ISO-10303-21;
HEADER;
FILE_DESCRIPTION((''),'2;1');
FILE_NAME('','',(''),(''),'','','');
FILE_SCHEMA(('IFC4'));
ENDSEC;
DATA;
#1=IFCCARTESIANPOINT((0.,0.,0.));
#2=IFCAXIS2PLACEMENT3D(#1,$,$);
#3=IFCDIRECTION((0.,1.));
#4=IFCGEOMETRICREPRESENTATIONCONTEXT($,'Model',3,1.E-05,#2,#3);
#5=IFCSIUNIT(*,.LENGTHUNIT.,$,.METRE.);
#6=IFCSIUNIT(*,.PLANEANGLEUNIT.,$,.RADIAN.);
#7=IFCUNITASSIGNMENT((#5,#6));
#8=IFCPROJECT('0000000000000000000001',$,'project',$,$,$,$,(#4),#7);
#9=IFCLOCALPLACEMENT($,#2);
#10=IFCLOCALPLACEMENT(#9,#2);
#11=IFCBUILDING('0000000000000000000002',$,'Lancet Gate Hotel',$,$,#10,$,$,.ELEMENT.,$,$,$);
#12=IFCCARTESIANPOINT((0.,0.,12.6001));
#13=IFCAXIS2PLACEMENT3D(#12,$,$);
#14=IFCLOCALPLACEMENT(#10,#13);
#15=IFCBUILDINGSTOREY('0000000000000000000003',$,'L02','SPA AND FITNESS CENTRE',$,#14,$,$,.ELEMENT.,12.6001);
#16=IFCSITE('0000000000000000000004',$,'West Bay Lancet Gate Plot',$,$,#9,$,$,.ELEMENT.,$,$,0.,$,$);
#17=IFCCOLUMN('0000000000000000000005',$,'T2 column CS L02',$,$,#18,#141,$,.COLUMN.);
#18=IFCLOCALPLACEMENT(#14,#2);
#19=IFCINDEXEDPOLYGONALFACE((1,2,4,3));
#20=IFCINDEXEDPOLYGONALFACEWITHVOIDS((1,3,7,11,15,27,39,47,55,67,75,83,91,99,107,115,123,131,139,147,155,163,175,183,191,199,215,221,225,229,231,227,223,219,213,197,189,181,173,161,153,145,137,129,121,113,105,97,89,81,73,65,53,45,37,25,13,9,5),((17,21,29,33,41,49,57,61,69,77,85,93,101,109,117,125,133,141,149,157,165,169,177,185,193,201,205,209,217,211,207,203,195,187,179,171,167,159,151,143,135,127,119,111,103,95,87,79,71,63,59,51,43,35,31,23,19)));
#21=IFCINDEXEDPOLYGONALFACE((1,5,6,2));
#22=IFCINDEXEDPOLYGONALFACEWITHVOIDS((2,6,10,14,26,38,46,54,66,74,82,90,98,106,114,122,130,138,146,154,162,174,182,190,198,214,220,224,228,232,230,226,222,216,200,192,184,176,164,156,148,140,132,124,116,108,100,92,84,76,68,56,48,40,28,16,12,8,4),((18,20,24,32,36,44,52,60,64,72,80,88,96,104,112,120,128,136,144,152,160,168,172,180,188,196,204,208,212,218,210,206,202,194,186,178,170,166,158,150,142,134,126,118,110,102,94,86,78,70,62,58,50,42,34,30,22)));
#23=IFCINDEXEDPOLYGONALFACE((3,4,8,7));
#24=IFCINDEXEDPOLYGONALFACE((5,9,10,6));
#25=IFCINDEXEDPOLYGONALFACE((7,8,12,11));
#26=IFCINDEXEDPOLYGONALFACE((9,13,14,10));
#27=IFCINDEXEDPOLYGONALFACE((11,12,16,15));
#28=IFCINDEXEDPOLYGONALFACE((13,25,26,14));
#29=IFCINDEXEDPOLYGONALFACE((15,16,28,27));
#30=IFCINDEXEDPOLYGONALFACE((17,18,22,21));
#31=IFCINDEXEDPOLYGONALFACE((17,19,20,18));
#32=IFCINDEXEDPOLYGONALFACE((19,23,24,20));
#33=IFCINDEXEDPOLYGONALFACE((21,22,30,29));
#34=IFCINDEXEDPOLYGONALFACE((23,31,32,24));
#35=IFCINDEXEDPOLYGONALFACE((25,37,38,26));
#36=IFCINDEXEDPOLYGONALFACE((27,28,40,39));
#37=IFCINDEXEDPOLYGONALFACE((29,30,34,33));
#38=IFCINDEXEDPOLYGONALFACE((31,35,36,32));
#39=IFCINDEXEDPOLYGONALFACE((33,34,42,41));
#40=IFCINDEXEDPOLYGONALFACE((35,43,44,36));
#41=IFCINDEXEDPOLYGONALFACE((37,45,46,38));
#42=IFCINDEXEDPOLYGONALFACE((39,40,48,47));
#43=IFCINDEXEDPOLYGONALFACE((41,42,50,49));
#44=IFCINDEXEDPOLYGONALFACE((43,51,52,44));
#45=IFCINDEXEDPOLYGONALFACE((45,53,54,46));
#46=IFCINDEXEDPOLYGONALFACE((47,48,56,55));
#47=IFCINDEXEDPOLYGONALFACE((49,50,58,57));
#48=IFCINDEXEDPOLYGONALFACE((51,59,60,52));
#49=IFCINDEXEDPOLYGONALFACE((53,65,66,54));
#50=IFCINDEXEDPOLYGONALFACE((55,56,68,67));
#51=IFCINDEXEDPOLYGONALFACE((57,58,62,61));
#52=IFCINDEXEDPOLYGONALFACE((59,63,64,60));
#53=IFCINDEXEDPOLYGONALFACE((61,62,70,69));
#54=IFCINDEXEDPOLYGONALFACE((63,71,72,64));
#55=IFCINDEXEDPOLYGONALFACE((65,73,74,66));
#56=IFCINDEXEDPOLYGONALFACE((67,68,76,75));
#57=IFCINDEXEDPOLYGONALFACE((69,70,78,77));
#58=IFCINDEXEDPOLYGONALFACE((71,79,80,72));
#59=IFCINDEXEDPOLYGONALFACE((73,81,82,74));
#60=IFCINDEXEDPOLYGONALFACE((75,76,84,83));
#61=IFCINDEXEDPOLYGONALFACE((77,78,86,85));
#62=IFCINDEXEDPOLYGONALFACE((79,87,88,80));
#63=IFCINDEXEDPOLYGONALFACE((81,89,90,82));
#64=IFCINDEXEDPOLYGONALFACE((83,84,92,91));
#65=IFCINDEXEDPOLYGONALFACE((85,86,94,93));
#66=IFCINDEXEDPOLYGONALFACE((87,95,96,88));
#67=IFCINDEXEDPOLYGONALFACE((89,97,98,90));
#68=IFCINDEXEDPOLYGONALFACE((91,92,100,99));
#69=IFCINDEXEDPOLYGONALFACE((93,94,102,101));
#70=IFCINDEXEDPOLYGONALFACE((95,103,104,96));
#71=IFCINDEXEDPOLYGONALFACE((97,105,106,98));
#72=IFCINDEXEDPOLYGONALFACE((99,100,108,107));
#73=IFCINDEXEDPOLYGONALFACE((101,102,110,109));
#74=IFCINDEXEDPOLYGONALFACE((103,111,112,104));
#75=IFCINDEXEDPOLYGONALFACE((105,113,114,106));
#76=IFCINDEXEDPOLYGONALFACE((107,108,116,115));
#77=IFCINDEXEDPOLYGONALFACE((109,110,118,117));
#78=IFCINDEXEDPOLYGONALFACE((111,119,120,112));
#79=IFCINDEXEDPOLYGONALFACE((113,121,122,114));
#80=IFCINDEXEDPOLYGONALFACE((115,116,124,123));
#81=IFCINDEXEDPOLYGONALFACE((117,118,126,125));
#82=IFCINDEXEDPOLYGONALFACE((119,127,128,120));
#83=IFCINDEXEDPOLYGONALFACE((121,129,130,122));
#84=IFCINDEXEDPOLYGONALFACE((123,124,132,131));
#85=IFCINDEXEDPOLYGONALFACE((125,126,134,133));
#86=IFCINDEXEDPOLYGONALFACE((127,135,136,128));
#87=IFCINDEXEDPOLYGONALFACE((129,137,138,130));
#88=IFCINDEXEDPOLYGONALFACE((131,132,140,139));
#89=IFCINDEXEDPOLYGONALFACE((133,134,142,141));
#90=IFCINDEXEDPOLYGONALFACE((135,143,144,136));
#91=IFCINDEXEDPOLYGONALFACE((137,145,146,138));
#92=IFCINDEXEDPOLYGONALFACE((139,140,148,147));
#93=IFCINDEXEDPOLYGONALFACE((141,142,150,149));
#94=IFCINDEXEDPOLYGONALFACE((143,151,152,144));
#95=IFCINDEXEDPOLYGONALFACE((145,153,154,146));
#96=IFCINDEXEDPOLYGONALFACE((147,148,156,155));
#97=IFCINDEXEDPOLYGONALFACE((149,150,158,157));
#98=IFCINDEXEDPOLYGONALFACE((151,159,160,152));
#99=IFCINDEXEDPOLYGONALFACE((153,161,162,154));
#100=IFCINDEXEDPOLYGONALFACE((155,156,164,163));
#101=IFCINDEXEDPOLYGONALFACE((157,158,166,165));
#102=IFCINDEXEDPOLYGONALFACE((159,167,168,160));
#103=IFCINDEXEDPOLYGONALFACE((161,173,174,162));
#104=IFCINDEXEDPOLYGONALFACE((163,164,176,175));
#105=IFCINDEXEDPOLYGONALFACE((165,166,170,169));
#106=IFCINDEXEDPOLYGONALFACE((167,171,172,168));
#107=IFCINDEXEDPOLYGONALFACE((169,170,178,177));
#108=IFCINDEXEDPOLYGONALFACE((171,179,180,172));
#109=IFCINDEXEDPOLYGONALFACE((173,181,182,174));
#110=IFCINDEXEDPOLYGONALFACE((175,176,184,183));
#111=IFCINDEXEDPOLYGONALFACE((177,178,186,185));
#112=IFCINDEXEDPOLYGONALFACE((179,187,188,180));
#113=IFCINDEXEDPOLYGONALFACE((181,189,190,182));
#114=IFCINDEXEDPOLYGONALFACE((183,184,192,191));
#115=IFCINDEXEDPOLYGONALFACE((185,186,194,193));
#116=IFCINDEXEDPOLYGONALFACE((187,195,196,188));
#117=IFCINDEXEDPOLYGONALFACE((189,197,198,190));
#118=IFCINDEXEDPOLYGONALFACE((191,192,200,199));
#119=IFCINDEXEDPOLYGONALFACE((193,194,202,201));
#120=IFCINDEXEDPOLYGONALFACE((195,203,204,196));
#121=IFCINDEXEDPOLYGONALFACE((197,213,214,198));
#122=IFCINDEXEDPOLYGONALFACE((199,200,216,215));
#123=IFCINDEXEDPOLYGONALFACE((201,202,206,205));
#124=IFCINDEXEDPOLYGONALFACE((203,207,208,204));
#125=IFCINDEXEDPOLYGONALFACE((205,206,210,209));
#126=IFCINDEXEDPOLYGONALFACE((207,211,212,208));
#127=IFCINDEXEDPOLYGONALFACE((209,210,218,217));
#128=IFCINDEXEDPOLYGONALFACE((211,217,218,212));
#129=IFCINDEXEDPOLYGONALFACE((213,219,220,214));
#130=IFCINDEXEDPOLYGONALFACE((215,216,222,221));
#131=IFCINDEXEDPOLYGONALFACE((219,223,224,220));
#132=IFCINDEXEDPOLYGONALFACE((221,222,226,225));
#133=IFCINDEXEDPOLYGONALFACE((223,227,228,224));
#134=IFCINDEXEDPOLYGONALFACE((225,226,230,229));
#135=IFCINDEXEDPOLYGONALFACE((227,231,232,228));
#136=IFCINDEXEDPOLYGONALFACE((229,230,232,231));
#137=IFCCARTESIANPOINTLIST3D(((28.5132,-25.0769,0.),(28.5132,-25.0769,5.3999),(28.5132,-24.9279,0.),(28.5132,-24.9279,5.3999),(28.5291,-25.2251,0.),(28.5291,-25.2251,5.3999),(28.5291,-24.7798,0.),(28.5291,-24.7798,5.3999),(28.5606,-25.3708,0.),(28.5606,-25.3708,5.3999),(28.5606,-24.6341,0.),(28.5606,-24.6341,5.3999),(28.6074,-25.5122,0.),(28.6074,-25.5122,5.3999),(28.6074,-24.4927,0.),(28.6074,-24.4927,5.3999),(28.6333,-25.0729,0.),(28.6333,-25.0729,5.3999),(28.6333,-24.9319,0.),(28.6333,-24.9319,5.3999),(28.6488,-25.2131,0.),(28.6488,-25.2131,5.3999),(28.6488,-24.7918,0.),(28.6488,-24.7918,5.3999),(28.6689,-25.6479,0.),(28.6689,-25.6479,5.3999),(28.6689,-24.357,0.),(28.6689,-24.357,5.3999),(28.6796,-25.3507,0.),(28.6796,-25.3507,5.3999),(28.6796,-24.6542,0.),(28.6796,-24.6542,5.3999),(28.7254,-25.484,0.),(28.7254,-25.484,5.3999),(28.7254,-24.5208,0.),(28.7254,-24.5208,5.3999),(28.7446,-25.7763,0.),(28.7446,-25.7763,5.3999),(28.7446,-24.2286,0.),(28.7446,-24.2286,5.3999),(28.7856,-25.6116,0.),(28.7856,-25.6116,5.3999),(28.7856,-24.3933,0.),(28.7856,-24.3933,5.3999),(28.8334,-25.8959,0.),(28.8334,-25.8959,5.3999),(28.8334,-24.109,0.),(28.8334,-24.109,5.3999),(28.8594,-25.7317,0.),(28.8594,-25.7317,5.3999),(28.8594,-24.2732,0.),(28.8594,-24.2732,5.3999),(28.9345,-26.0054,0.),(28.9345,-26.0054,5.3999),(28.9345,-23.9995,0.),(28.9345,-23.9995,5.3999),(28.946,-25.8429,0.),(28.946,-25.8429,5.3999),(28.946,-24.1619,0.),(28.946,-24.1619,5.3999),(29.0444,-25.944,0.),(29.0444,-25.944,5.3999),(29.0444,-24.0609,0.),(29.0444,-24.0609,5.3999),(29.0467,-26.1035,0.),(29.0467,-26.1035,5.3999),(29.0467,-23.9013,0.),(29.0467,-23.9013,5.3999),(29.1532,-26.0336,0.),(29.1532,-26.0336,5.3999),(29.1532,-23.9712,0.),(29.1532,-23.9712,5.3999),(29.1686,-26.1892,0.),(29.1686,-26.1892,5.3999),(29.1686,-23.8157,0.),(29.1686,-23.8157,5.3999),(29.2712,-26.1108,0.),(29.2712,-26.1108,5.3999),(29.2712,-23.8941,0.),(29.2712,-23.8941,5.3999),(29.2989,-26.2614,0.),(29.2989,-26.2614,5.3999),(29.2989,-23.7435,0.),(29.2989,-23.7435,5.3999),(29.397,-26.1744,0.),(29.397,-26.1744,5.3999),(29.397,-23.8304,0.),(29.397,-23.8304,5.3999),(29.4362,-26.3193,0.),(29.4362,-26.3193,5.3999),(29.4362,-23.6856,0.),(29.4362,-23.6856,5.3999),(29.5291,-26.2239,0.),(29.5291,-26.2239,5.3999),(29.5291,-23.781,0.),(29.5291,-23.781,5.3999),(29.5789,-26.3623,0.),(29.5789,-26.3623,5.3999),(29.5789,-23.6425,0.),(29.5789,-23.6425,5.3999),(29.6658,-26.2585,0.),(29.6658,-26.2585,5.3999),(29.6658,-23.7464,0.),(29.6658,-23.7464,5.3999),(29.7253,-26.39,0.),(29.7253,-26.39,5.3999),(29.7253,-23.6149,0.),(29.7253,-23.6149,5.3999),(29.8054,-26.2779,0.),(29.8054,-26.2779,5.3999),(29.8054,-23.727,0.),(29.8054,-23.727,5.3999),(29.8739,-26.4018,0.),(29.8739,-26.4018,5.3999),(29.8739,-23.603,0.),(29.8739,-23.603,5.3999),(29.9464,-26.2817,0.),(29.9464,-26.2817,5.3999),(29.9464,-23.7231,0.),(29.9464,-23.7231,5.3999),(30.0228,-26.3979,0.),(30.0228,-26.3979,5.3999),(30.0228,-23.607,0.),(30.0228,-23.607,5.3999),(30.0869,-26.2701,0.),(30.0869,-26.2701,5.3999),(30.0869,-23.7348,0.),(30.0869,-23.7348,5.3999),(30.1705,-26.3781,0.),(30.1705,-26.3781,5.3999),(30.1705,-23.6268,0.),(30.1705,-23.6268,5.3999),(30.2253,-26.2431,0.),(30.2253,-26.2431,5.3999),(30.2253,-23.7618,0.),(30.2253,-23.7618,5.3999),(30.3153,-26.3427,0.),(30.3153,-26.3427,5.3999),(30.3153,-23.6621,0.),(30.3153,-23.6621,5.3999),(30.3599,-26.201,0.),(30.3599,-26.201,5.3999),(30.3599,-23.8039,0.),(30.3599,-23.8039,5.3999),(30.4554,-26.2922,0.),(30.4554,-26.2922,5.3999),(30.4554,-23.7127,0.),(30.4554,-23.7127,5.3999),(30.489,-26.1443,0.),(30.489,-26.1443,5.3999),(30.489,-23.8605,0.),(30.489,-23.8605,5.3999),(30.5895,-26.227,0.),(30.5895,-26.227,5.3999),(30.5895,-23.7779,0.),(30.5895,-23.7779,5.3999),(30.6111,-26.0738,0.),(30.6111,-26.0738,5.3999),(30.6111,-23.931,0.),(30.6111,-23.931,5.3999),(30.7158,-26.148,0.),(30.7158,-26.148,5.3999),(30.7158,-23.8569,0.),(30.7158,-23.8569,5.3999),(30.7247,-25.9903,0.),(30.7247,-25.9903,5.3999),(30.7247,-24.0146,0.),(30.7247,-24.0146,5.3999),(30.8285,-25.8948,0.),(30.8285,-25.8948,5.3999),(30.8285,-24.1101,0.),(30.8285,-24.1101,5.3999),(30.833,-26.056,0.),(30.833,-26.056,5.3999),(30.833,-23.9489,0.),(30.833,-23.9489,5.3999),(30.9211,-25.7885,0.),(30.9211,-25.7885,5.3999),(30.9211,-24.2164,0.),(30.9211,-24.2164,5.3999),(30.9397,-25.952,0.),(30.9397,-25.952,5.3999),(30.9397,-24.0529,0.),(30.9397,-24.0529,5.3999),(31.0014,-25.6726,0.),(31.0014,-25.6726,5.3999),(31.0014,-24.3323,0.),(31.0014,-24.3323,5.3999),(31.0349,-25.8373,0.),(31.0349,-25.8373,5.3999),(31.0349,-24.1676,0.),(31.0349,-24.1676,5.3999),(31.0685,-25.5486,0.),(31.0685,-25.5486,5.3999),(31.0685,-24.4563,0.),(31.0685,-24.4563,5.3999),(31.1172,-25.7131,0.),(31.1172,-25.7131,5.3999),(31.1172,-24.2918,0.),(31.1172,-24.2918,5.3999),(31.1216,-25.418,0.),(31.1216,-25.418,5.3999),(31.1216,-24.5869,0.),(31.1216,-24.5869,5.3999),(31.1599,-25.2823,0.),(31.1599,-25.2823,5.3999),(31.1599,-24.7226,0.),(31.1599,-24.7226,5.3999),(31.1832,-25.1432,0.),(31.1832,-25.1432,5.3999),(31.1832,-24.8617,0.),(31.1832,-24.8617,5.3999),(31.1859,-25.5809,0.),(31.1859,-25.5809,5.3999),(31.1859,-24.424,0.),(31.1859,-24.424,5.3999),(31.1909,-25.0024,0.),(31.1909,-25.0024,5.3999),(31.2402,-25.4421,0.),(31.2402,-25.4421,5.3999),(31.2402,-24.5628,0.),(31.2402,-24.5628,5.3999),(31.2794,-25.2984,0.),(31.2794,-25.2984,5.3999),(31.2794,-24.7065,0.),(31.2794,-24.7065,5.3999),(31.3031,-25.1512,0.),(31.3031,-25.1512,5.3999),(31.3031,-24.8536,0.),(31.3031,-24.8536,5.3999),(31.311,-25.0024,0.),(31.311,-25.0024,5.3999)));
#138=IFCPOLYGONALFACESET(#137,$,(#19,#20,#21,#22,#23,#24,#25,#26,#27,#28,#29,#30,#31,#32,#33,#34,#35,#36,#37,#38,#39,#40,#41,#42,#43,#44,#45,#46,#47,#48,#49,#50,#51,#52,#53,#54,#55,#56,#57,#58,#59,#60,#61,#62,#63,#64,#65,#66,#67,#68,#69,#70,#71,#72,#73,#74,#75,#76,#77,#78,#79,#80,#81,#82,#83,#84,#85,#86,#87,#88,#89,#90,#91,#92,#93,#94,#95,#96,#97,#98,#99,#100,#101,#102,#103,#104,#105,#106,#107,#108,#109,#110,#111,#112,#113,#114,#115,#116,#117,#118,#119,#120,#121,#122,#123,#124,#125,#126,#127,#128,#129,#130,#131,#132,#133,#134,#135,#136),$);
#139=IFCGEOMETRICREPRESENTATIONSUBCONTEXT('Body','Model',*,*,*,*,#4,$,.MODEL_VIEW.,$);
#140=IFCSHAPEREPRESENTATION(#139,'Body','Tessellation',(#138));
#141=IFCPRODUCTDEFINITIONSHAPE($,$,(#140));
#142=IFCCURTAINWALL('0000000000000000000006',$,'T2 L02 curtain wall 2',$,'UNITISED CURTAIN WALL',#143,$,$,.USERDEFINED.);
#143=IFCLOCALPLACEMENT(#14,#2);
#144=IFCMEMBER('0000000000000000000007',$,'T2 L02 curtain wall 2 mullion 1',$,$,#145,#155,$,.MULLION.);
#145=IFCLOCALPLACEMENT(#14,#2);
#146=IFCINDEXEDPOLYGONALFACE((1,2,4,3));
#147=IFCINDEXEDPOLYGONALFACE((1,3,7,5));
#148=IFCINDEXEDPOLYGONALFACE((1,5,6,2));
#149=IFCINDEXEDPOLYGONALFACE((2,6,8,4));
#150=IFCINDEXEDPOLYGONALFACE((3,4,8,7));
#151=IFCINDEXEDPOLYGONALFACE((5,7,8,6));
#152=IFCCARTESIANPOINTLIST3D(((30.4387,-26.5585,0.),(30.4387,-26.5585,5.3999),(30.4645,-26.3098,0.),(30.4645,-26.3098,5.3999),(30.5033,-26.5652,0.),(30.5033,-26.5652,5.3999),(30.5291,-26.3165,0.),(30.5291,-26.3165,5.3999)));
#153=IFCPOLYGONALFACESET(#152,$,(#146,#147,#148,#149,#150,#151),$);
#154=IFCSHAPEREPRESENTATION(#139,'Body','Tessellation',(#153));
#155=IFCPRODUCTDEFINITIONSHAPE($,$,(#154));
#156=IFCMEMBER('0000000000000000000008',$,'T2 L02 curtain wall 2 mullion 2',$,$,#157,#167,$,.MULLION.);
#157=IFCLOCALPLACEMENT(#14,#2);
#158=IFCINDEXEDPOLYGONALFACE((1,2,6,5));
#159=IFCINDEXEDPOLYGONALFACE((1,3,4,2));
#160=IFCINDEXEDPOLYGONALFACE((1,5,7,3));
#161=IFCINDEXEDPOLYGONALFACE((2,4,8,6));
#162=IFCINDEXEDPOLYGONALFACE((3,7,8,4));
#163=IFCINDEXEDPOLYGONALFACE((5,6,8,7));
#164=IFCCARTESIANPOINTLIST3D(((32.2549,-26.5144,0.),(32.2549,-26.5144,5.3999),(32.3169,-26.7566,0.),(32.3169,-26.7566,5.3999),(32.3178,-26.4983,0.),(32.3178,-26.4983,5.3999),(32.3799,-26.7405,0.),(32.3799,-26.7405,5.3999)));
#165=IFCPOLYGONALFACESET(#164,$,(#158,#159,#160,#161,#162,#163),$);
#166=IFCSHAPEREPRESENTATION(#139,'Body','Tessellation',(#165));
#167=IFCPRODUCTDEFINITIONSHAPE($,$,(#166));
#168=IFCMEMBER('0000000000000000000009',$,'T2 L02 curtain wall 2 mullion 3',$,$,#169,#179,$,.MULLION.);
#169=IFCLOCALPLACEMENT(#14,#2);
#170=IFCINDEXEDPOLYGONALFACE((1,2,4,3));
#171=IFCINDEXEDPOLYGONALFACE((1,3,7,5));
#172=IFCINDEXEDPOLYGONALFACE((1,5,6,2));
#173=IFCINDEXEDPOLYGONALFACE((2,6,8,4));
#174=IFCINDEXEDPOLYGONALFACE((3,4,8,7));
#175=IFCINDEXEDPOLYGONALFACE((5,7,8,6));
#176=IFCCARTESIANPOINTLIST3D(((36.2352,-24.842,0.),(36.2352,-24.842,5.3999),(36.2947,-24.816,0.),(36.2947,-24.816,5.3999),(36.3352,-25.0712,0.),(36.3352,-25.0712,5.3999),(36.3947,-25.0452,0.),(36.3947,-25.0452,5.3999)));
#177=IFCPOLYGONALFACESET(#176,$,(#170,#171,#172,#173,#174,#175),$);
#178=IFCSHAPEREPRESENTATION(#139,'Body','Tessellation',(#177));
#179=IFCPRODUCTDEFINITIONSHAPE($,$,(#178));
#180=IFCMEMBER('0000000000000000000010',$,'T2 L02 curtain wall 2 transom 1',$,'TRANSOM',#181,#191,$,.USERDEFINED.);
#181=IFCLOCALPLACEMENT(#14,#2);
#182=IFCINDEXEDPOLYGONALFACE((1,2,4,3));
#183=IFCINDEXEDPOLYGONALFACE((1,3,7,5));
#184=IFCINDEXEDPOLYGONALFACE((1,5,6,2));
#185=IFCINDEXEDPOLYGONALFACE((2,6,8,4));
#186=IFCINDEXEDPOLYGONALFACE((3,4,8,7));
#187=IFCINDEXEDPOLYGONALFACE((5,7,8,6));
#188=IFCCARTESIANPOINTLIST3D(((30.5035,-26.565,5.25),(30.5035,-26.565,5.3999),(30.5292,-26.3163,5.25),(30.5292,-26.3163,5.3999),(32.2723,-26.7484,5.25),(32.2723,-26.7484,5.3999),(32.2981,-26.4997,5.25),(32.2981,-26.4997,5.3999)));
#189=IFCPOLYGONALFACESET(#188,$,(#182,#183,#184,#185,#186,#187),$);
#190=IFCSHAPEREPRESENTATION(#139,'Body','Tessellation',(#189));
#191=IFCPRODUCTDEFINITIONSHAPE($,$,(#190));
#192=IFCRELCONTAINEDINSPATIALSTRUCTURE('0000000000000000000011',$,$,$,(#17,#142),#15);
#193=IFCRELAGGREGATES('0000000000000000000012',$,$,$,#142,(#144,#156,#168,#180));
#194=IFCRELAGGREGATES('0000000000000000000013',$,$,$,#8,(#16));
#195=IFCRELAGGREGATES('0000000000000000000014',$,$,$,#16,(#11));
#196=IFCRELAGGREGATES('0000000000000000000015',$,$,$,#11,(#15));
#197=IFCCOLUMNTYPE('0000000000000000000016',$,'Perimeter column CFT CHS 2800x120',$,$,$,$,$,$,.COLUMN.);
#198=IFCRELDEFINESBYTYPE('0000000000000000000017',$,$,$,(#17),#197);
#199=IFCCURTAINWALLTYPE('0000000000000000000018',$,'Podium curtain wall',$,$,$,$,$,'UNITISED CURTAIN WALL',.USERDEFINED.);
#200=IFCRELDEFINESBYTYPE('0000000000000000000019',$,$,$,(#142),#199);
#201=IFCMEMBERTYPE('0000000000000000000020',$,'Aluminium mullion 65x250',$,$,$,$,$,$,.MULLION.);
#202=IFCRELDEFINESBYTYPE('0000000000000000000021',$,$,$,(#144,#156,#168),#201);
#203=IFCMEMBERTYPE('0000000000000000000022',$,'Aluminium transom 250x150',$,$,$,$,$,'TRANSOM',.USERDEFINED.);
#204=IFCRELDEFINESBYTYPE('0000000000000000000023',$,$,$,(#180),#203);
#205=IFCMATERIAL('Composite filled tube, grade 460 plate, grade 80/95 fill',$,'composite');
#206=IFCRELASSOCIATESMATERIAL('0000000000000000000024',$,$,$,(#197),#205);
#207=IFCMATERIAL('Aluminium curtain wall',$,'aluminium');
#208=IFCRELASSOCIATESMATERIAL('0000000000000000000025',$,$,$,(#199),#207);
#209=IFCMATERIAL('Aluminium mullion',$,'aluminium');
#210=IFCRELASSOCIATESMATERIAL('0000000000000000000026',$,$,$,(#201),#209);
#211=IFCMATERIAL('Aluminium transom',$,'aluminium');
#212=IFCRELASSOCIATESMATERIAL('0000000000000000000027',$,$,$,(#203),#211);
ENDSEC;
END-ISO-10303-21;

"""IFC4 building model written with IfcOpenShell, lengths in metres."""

from ifc_helpers import new_model, si_unit, direction, frame, origin, origin_2d, place, context, subcontext, project, spatial, rectangle, hollow_circle, extrude, material, material_profile, profile_set, type_object, element, aggregate, save


model = new_model("IFC4")

# Units and contexts
model_context = context("Model", 3, precision=1e-05, world=origin(), true_north=direction((0.0, 1.0)))
body_context = subcontext(model_context, "Body", "Model", "MODEL_VIEW")
ifc_project = project(units=[si_unit("LENGTHUNIT", "METRE"), si_unit("PLANEANGLEUNIT", "RADIAN")], contexts=[model_context])

# Site, building, storey
site_placement = place(None, origin())
site = spatial("IfcSite", under=ifc_project, at=site_placement, Name="West Bay Lancet Gate Plot", CompositionType="ELEMENT", RefElevation=0.0)
building_placement = place(site_placement, origin())
building = spatial("IfcBuilding", under=site, at=building_placement, Name="Lancet Gate Hotel", CompositionType="ELEMENT")
storey_placement = place(building_placement, frame((0.0, 0.0, 12.6001)))
storey = spatial("IfcBuildingStorey", under=building, at=storey_placement, Name="L02", Description="SPA AND FITNESS CENTRE", CompositionType="ELEMENT", Elevation=12.6001)

# Column
ifc_material_1 = material(Name="Composite filled tube, grade 460 plate, grade 80/95 fill", Category="composite")
ifc_material_profile_1 = material_profile(ifc_material_1, hollow_circle(Radius=1.3999, WallThickness=0.1201, at=origin_2d()), Name="CHS 2800x120")
ifc_profile_set_1 = profile_set([ifc_material_profile_1], Name="Composite filled tube, grade 460 plate, grade 80/95 fill")
column_type = type_object("IfcColumnType", Name="Perimeter column CFT CHS 2800x120", PredefinedType="COLUMN", material=ifc_profile_set_1)
column_placement = place(storey_placement, frame((29.9111, -25.0024, 0.0), z_axis=(0.0, 0.0, 1.0), x_axis=(1.0, 0.0, 0.0)))
element("IfcColumn", 1, at=column_placement, inside=storey, type_object=column_type, Name="T2 column CS L02", PredefinedType="COLUMN", context=body_context, shape_type="SweptSolid", body=[
    extrude(hollow_circle(Radius=1.3999, WallThickness=0.1201, at=origin_2d()), origin(), (0.0, 0.0, 1.0), 5.3999),
])

# Curtain wall, members
ifc_material_2 = material(Name="Aluminium curtain wall", Category="aluminium")
curtain_wall_type = type_object("IfcCurtainWallType", Name="Podium curtain wall", ElementType="UNITISED CURTAIN WALL", PredefinedType="USERDEFINED", material=ifc_material_2)
curtain_wall_placement = place(storey_placement, origin())
curtain_wall = element("IfcCurtainWall", 2, at=curtain_wall_placement, inside=storey, type_object=curtain_wall_type, Name="T2 L02 curtain wall 2", ObjectType="UNITISED CURTAIN WALL", PredefinedType="USERDEFINED")
ifc_material_3 = material(Name="Aluminium mullion", Category="aluminium")
ifc_material_profile_2 = material_profile(ifc_material_3, rectangle(XDim=0.0649, YDim=0.25, at=origin_2d()), Name="MULLION 65x250")
ifc_profile_set_2 = profile_set([ifc_material_profile_2], Name="Aluminium mullion")
member_type_1 = type_object("IfcMemberType", Name="Aluminium mullion 65x250", PredefinedType="MULLION", material=ifc_profile_set_2)
member_1_placement = place(storey_placement, frame((30.4839, -26.4375, 0.0), z_axis=(0.0, 0.0, 1.0), x_axis=(0.994672, -0.103088, 0.0)))
member_1 = element("IfcMember", 3, at=member_1_placement, type_object=member_type_1, Name="T2 L02 curtain wall 2 mullion 1", PredefinedType="MULLION", context=body_context, shape_type="SweptSolid", body=[
    extrude(rectangle(XDim=0.0649, YDim=0.25, at=origin_2d()), origin(), (0.0, 0.0, 1.0), 5.3999),
])
member_2_placement = place(storey_placement, frame((32.3174, -26.6274, 0.0), z_axis=(0.0, 0.0, 1.0), x_axis=(0.968721, 0.24815, 0.0)))
member_2 = element("IfcMember", 4, at=member_2_placement, type_object=member_type_1, Name="T2 L02 curtain wall 2 mullion 2", PredefinedType="MULLION", context=body_context, shape_type="SweptSolid", body=[
    extrude(rectangle(XDim=0.0649, YDim=0.25, at=origin_2d()), origin(), (0.0, 0.0, 1.0), 5.3999),
])
member_3_placement = place(storey_placement, frame((36.3149, -24.9436, 0.0), z_axis=(0.0, 0.0, 1.0), x_axis=(0.916579, 0.399854, 0.0)))
member_3 = element("IfcMember", 5, at=member_3_placement, type_object=member_type_1, Name="T2 L02 curtain wall 2 mullion 3", PredefinedType="MULLION", context=body_context, shape_type="SweptSolid", body=[
    extrude(rectangle(XDim=0.0649, YDim=0.25, at=origin_2d()), origin(), (0.0, 0.0, 1.0), 5.3999),
])
ifc_material_4 = material(Name="Aluminium transom", Category="aluminium")
ifc_material_profile_3 = material_profile(ifc_material_4, rectangle(XDim=0.25, YDim=0.1499, at=origin_2d()), Name="TRANSOM 250x150")
ifc_profile_set_3 = profile_set([ifc_material_profile_3], Name="Aluminium transom")
member_type_2 = type_object("IfcMemberType", Name="Aluminium transom 250x150", ElementType="TRANSOM", PredefinedType="USERDEFINED", material=ifc_profile_set_3)
member_4_placement = place(storey_placement, frame((30.5164, -26.4407, 5.325), z_axis=(0.99467, -0.103105, 0.0), x_axis=(0.103105, 0.99467, 0.0)))
member_4 = element("IfcMember", 6, at=member_4_placement, type_object=member_type_2, Name="T2 L02 curtain wall 2 transom 1", ObjectType="TRANSOM", PredefinedType="USERDEFINED", context=body_context, shape_type="SweptSolid", body=[
    extrude(rectangle(XDim=0.25, YDim=0.1499, at=origin_2d()), origin(), (0.0, 0.0, 1.0), 1.7783),
])

aggregate(curtain_wall, [member_1, member_2, member_3, member_4])

save(model, "model.ifc")
